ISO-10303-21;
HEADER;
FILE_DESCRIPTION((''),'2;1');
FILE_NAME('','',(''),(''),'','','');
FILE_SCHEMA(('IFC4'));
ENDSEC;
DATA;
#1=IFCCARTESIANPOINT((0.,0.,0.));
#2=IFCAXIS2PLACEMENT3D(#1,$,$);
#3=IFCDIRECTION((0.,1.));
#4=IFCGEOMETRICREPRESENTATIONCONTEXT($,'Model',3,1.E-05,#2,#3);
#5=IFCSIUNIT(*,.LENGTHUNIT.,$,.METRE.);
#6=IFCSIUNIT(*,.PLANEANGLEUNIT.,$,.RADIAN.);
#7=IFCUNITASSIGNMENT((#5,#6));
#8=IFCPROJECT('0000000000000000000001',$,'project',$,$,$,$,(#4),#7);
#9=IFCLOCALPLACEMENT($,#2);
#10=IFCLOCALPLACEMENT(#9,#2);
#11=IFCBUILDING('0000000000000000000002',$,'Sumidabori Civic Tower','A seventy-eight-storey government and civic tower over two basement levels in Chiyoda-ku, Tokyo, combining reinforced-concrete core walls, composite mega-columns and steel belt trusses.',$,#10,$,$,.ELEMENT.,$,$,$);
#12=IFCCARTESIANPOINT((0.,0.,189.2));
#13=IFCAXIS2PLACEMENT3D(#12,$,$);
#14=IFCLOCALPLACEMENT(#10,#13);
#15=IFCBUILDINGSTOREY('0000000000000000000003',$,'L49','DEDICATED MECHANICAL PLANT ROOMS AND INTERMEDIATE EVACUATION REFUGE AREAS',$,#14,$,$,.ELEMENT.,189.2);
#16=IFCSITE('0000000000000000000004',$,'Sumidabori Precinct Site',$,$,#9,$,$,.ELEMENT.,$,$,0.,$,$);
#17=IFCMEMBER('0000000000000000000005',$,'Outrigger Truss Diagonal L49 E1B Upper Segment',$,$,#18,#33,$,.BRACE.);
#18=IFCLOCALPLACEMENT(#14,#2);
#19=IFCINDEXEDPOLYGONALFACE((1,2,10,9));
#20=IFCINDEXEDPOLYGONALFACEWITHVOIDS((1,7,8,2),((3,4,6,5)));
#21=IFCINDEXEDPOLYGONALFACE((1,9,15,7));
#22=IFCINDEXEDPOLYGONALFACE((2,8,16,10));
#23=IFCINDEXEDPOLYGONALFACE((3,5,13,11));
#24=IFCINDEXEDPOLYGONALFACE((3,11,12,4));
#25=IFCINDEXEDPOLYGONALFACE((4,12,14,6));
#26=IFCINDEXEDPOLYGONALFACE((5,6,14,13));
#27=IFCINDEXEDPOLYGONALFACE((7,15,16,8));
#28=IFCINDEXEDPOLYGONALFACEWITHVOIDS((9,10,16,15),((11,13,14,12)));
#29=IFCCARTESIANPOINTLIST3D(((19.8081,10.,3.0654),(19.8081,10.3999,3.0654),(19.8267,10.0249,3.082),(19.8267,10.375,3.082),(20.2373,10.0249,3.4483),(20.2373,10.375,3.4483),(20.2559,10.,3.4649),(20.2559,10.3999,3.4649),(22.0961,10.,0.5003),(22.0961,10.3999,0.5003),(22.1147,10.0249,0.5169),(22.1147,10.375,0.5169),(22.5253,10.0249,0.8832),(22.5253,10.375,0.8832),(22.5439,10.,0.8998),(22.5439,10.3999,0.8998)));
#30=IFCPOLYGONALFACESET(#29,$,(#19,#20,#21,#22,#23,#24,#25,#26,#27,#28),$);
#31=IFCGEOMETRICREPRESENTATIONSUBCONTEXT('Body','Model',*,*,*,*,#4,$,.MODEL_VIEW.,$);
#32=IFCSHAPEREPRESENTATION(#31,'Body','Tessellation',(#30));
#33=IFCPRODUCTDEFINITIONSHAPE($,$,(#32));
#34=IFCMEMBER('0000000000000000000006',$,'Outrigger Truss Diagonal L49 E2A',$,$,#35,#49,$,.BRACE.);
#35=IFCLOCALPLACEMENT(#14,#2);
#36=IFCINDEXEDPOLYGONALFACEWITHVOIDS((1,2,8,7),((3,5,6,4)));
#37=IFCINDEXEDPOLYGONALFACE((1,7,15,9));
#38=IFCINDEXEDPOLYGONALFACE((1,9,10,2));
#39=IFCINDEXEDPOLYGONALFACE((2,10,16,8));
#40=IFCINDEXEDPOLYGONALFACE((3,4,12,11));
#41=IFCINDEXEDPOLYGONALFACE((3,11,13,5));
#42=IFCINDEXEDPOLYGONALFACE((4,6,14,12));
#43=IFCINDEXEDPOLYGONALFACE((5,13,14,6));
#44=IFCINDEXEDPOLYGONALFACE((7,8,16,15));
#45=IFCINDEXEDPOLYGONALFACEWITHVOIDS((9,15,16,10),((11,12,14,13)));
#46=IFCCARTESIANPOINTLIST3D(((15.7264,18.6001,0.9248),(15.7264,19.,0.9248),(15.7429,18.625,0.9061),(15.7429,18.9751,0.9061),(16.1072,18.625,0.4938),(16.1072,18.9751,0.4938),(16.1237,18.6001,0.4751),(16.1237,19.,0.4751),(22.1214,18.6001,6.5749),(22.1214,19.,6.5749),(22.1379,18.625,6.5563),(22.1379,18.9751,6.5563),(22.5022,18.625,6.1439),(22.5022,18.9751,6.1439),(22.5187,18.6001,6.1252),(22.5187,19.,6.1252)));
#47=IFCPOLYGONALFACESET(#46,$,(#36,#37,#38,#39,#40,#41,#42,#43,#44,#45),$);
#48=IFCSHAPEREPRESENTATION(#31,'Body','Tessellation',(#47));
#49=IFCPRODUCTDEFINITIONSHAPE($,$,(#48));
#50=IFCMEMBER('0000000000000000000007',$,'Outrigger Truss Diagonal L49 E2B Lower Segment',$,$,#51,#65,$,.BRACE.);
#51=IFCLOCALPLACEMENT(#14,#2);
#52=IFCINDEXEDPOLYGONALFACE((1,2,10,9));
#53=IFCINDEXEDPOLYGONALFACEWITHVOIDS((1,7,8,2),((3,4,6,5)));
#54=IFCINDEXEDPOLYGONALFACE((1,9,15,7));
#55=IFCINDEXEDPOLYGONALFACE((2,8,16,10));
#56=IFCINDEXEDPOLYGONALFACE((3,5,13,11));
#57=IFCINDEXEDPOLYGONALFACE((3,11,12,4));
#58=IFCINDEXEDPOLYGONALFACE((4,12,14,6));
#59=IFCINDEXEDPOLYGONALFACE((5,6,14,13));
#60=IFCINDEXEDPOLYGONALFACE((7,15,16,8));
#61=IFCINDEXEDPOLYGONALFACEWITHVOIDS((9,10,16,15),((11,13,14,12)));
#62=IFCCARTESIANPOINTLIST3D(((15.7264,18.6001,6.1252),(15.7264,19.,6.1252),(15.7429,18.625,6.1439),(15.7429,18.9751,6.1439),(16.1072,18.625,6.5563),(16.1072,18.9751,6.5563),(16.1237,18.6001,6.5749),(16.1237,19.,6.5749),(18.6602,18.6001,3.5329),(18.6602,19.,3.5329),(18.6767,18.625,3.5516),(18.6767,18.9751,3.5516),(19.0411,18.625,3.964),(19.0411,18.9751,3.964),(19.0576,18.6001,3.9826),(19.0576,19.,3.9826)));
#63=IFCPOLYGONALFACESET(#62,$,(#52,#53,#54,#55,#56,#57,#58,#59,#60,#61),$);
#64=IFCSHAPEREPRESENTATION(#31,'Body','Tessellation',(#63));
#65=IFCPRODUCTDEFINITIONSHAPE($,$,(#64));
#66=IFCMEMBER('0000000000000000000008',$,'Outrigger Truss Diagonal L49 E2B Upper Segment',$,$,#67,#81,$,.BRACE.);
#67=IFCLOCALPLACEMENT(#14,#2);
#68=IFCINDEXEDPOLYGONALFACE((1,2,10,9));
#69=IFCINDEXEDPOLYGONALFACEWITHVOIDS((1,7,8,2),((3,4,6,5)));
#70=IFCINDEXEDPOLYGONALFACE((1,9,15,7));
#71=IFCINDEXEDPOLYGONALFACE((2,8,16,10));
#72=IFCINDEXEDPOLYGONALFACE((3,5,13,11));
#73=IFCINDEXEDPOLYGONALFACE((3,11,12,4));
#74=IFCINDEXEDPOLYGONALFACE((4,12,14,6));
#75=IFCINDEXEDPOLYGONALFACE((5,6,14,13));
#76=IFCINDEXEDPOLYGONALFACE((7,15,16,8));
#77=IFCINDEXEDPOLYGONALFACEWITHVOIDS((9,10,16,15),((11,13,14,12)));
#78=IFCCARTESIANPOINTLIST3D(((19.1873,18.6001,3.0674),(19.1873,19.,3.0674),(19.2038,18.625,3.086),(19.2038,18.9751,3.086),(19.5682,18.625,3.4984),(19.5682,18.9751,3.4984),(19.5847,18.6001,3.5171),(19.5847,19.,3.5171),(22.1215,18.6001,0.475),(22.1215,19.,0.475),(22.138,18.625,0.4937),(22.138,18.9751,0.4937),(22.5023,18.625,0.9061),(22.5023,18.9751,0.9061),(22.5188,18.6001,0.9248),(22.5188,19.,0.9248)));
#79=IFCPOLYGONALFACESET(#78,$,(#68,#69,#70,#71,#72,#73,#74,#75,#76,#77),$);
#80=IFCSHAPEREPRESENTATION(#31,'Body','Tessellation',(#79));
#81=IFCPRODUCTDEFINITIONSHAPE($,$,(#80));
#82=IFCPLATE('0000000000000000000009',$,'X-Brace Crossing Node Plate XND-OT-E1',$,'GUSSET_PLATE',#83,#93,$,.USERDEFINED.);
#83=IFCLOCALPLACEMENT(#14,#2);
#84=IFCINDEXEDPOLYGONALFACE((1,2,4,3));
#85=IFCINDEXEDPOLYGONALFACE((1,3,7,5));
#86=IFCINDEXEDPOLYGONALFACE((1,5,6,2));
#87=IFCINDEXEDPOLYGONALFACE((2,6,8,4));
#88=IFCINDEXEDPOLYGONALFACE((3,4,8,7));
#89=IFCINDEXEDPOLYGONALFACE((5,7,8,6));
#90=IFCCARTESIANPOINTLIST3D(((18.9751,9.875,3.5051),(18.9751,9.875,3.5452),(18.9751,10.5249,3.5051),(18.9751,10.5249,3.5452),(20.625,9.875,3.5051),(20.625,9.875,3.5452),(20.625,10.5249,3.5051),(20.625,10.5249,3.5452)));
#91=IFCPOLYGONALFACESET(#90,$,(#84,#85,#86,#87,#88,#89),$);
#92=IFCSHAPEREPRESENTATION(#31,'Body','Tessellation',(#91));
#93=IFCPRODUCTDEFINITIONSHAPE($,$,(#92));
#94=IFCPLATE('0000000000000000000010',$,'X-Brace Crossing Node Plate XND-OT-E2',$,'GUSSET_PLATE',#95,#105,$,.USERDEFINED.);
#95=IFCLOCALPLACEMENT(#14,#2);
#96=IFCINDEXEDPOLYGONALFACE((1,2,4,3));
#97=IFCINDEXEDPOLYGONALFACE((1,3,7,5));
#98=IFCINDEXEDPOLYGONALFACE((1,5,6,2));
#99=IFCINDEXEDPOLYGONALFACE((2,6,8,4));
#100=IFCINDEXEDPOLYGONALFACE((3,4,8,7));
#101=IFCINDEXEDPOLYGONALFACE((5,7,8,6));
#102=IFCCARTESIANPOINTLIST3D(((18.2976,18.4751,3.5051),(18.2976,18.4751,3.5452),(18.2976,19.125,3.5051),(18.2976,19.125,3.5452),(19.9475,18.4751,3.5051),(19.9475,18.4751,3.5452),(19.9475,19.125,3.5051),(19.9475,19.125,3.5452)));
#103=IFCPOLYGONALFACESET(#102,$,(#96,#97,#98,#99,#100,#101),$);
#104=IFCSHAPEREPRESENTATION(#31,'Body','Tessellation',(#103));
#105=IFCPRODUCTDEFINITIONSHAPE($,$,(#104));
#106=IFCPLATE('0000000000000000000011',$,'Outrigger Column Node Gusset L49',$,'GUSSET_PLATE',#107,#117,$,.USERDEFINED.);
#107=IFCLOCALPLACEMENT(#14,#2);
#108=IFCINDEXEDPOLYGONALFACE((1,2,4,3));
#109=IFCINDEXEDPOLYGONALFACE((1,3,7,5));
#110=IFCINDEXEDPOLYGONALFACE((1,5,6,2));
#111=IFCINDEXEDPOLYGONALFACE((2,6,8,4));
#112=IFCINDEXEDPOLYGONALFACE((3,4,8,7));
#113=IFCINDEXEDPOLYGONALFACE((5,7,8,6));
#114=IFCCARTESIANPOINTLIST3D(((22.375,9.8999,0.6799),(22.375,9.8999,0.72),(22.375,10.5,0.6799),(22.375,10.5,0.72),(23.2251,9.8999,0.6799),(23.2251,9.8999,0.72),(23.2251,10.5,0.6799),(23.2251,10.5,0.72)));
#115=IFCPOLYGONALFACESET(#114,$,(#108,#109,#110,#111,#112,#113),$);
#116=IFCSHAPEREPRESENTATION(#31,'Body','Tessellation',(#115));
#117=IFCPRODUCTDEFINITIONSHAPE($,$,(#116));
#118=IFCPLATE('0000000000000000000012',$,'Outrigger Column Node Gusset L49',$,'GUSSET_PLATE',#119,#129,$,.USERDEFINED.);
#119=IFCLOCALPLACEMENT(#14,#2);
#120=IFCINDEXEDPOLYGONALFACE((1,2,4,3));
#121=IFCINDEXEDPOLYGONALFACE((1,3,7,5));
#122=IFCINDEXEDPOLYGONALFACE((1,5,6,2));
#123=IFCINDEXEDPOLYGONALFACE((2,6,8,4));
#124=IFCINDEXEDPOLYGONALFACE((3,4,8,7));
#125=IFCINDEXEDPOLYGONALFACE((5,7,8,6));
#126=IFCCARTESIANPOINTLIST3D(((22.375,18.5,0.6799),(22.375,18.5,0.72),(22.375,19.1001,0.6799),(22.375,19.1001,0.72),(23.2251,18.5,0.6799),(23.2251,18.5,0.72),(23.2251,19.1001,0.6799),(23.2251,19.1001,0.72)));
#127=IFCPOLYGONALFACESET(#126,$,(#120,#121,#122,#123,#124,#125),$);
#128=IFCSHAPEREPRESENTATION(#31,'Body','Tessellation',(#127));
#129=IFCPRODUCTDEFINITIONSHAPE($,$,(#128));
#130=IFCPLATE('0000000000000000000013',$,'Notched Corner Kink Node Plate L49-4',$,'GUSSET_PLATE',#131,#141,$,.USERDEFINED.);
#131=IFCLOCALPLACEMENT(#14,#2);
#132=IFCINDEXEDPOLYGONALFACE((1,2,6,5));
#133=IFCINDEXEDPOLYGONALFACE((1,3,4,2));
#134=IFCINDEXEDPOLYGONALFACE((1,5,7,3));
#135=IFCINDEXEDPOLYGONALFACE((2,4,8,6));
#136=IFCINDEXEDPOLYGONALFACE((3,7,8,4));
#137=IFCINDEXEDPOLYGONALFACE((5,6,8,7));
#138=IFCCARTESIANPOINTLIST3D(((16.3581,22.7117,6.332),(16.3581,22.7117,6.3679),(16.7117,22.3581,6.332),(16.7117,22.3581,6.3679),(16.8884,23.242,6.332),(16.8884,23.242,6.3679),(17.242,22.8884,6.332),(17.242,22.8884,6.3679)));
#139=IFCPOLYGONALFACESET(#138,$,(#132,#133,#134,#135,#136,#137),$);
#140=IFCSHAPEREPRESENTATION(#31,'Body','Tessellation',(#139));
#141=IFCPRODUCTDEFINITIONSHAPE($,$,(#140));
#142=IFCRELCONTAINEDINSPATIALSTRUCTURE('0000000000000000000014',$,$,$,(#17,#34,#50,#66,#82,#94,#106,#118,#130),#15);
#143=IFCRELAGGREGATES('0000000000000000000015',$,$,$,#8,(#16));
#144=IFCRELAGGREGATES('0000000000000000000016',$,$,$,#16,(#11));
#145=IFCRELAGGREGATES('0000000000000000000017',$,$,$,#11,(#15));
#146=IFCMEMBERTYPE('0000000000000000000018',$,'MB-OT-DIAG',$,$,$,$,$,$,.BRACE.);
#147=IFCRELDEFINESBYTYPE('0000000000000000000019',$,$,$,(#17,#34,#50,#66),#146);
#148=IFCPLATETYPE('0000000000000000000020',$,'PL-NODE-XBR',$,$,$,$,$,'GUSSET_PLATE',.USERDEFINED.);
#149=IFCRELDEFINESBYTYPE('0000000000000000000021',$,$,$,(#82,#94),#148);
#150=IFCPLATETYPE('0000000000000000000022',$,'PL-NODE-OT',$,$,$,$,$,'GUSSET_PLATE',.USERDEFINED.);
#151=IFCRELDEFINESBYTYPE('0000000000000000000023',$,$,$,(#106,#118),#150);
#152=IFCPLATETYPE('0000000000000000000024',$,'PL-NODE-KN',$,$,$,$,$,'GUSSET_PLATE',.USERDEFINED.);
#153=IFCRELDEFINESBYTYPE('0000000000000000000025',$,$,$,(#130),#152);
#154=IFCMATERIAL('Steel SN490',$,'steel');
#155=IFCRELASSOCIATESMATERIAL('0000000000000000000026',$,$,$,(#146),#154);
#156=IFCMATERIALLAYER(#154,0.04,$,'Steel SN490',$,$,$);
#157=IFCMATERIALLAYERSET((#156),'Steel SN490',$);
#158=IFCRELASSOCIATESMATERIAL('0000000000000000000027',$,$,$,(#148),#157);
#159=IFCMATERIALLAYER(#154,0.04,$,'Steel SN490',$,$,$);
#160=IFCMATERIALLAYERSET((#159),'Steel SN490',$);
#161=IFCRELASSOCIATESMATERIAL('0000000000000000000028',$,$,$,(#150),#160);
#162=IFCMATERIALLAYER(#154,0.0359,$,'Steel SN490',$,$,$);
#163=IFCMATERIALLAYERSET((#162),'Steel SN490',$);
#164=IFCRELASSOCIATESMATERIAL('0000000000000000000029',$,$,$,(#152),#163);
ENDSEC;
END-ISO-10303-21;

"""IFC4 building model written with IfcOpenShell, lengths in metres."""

from ifc_helpers import new_model, si_unit, direction, frame, origin, origin_2d, place, context, subcontext, project, spatial, rectangle, hollow_rectangle, extrude, source, transform, mapped, material, layer, layer_set, material_profile, profile_set, type_object, element, save


model = new_model("IFC4")

# Units and contexts
model_context = context("Model", 3, precision=1e-05, world=origin(), true_north=direction((0.0, 1.0)))
body_context = subcontext(model_context, "Body", "Model", "MODEL_VIEW")
ifc_project = project(units=[si_unit("LENGTHUNIT", "METRE"), si_unit("PLANEANGLEUNIT", "RADIAN")], contexts=[model_context])

# Site, building, storey
site_placement = place(None, origin())
site = spatial("IfcSite", under=ifc_project, at=site_placement, Name="Sumidabori Precinct Site", CompositionType="ELEMENT", RefElevation=0.0)
building_placement = place(site_placement, origin())
building = spatial("IfcBuilding", under=site, at=building_placement, Name="Sumidabori Civic Tower", Description="A seventy-eight-storey government and civic tower over two basement levels in Chiyoda-ku, Tokyo, combining reinforced-concrete core walls, composite mega-columns and steel belt trusses.", CompositionType="ELEMENT")
storey_placement = place(building_placement, frame((0.0, 0.0, 189.2)))
storey = spatial("IfcBuildingStorey", under=building, at=storey_placement, Name="L49", Description="DEDICATED MECHANICAL PLANT ROOMS AND INTERMEDIATE EVACUATION REFUGE AREAS", CompositionType="ELEMENT", Elevation=189.2)

# Shared definitions
ifc_material_1 = material(Name="Steel SN490", Category="steel")

# Members
ifc_material_profile_1 = material_profile(ifc_material_1, hollow_rectangle(XDim=0.3999, YDim=0.6001, WallThickness=0.0249, at=origin_2d()), Name="RHS 600x400x25")
ifc_profile_set_1 = profile_set([ifc_material_profile_1], Name="Steel SN490")
member_type = type_object("IfcMemberType", Name="MB-OT-DIAG", PredefinedType="BRACE", material=ifc_profile_set_1)
shared_shape_1 = source(origin(), body_context, "Body", "SweptSolid", [
    extrude(hollow_rectangle(XDim=0.3999, YDim=0.6001, WallThickness=0.0249, at=origin_2d()), origin(), (0.0, 0.0, 1.0), 3.4373),
])
for number, where, z_axis, x_axis, name in (
    (1, (20.032, 10.2, 3.2651), (0.66565, 0.0, -0.746264), (0.0, 1.0, 0.0), "Outrigger Truss Diagonal L49 E1B Upper Segment"),
):
    element("IfcMember", number, at=place(storey_placement, frame(where, z_axis=z_axis, x_axis=x_axis)), inside=storey, type_object=member_type, Name=name, PredefinedType="BRACE", context=body_context, shape_type="MappedRepresentation", body=[
        mapped(shared_shape_1, transform((0.0, 0.0, 0.0), x_axis=(1.0, 0.0, 0.0), y_axis=(0.0, 1.0, 0.0), z_axis=(0.0, 0.0, 1.0), scale=1.0)),
    ])
shared_shape_2 = source(origin(), body_context, "Body", "SweptSolid", [
    extrude(hollow_rectangle(XDim=0.3999, YDim=0.6001, WallThickness=0.0249, at=origin_2d()), origin(), (0.0, 0.0, 1.0), 8.5334),
])
member_1_placement = place(storey_placement, frame((15.925, 18.8, 0.7), z_axis=(0.749403, 0.0, 0.662114), x_axis=(0.0, 1.0, 0.0)))
element("IfcMember", 2, at=member_1_placement, inside=storey, type_object=member_type, Name="Outrigger Truss Diagonal L49 E2A", PredefinedType="BRACE", context=body_context, shape_type="MappedRepresentation", body=[
    mapped(shared_shape_2, transform((0.0, 0.0, 0.0), x_axis=(1.0, 0.0, 0.0), y_axis=(0.0, 1.0, 0.0), z_axis=(0.0, 0.0, 1.0), scale=1.0)),
])
shared_shape_3 = source(origin(), body_context, "Body", "SweptSolid", [
    extrude(hollow_rectangle(XDim=0.3999, YDim=0.6001, WallThickness=0.0249, at=origin_2d()), origin(), (0.0, 0.0, 1.0), 3.915),
])
member_2_placement = place(storey_placement, frame((15.925, 18.8, 6.3501), z_axis=(0.749381, 0.0, -0.662139), x_axis=(0.0, 1.0, 0.0)))
element("IfcMember", 3, at=member_2_placement, inside=storey, type_object=member_type, Name="Outrigger Truss Diagonal L49 E2B Lower Segment", PredefinedType="BRACE", context=body_context, shape_type="MappedRepresentation", body=[
    mapped(shared_shape_3, transform((0.0, 0.0, 0.0), x_axis=(1.0, 0.0, 0.0), y_axis=(0.0, 1.0, 0.0), z_axis=(0.0, 0.0, 1.0), scale=1.0)),
])
shared_shape_4 = source(origin(), body_context, "Body", "SweptSolid", [
    extrude(hollow_rectangle(XDim=0.3999, YDim=0.6001, WallThickness=0.0249, at=origin_2d()), origin(), (0.0, 0.0, 1.0), 3.9153),
])
member_3_placement = place(storey_placement, frame((19.386, 18.8, 3.2922), z_axis=(0.749408, 0.0, -0.662108), x_axis=(0.0, 1.0, 0.0)))
element("IfcMember", 4, at=member_3_placement, inside=storey, type_object=member_type, Name="Outrigger Truss Diagonal L49 E2B Upper Segment", PredefinedType="BRACE", context=body_context, shape_type="MappedRepresentation", body=[
    mapped(shared_shape_4, transform((0.0, 0.0, 0.0), x_axis=(1.0, 0.0, 0.0), y_axis=(0.0, 1.0, 0.0), z_axis=(0.0, 0.0, 1.0), scale=1.0)),
])

# Plates
ifc_layer_1 = layer(ifc_material_1, 0.04, Name="Steel SN490")
ifc_layer_set_1 = layer_set([ifc_layer_1], Name="Steel SN490")
plate_type_1 = type_object("IfcPlateType", Name="PL-NODE-XBR", ElementType="GUSSET_PLATE", PredefinedType="USERDEFINED", material=ifc_layer_set_1)
shared_shape_5 = source(origin(), body_context, "Body", "SweptSolid", [
    extrude(rectangle(XDim=1.6499, YDim=0.6499, at=origin_2d()), origin(), (0.0, 0.0, 1.0), 0.04),
])
for number, where, z_axis, x_axis, name in (
    (5, (19.8, 10.2, 3.5051), (0.0, 0.0, 1.0), (1.0, 0.0, 0.0), "X-Brace Crossing Node Plate XND-OT-E1"),
    (6, (19.1226, 18.8, 3.5051), (0.0, 0.0, 1.0), (1.0, 0.0, 0.0), "X-Brace Crossing Node Plate XND-OT-E2"),
):
    element("IfcPlate", number, at=place(storey_placement, frame(where, z_axis=z_axis, x_axis=x_axis)), inside=storey, type_object=plate_type_1, Name=name, ObjectType="GUSSET_PLATE", PredefinedType="USERDEFINED", context=body_context, shape_type="MappedRepresentation", body=[
        mapped(shared_shape_5, transform((0.0, 0.0, 0.0), x_axis=(1.0, 0.0, 0.0), y_axis=(0.0, 1.0, 0.0), z_axis=(0.0, 0.0, 1.0), scale=1.0)),
    ])
ifc_layer_2 = layer(ifc_material_1, 0.04, Name="Steel SN490")
ifc_layer_set_2 = layer_set([ifc_layer_2], Name="Steel SN490")
plate_type_2 = type_object("IfcPlateType", Name="PL-NODE-OT", ElementType="GUSSET_PLATE", PredefinedType="USERDEFINED", material=ifc_layer_set_2)
shared_shape_6 = source(origin(), body_context, "Body", "SweptSolid", [
    extrude(rectangle(XDim=0.8501, YDim=0.6001, at=origin_2d()), origin(), (0.0, 0.0, 1.0), 0.04),
])
for number, where, z_axis, x_axis, name in (
    (7, (22.8, 10.2, 0.6799), (0.0, 0.0, 1.0), (1.0, 0.0, 0.0), "Outrigger Column Node Gusset L49"),
    (8, (22.8, 18.8, 0.6799), (0.0, 0.0, 1.0), (1.0, 0.0, 0.0), "Outrigger Column Node Gusset L49"),
):
    element("IfcPlate", number, at=place(storey_placement, frame(where, z_axis=z_axis, x_axis=x_axis)), inside=storey, type_object=plate_type_2, Name=name, ObjectType="GUSSET_PLATE", PredefinedType="USERDEFINED", context=body_context, shape_type="MappedRepresentation", body=[
        mapped(shared_shape_6, transform((0.0, 0.0, 0.0), x_axis=(1.0, 0.0, 0.0), y_axis=(0.0, 1.0, 0.0), z_axis=(0.0, 0.0, 1.0), scale=1.0)),
    ])
ifc_layer_3 = layer(ifc_material_1, 0.0359, Name="Steel SN490")
ifc_layer_set_3 = layer_set([ifc_layer_3], Name="Steel SN490")
plate_type_3 = type_object("IfcPlateType", Name="PL-NODE-KN", ElementType="GUSSET_PLATE", PredefinedType="USERDEFINED", material=ifc_layer_set_3)
shared_shape_7 = source(origin(), body_context, "Body", "SweptSolid", [
    extrude(rectangle(XDim=0.75, YDim=0.5, at=origin_2d()), origin(), (0.0, 0.0, 1.0), 0.0359),
])
plate_placement = place(storey_placement, frame((16.8, 22.8, 6.332), z_axis=(0.0, 0.0, 1.0), x_axis=(0.707107, 0.707107, 0.0)))
element("IfcPlate", 9, at=plate_placement, inside=storey, type_object=plate_type_3, Name="Notched Corner Kink Node Plate L49-4", ObjectType="GUSSET_PLATE", PredefinedType="USERDEFINED", context=body_context, shape_type="MappedRepresentation", body=[
    mapped(shared_shape_7, transform((0.0, 0.0, 0.0), x_axis=(1.0, 0.0, 0.0), y_axis=(0.0, 1.0, 0.0), z_axis=(0.0, 0.0, 1.0), scale=1.0)),
])

save(model, "model.ifc")
